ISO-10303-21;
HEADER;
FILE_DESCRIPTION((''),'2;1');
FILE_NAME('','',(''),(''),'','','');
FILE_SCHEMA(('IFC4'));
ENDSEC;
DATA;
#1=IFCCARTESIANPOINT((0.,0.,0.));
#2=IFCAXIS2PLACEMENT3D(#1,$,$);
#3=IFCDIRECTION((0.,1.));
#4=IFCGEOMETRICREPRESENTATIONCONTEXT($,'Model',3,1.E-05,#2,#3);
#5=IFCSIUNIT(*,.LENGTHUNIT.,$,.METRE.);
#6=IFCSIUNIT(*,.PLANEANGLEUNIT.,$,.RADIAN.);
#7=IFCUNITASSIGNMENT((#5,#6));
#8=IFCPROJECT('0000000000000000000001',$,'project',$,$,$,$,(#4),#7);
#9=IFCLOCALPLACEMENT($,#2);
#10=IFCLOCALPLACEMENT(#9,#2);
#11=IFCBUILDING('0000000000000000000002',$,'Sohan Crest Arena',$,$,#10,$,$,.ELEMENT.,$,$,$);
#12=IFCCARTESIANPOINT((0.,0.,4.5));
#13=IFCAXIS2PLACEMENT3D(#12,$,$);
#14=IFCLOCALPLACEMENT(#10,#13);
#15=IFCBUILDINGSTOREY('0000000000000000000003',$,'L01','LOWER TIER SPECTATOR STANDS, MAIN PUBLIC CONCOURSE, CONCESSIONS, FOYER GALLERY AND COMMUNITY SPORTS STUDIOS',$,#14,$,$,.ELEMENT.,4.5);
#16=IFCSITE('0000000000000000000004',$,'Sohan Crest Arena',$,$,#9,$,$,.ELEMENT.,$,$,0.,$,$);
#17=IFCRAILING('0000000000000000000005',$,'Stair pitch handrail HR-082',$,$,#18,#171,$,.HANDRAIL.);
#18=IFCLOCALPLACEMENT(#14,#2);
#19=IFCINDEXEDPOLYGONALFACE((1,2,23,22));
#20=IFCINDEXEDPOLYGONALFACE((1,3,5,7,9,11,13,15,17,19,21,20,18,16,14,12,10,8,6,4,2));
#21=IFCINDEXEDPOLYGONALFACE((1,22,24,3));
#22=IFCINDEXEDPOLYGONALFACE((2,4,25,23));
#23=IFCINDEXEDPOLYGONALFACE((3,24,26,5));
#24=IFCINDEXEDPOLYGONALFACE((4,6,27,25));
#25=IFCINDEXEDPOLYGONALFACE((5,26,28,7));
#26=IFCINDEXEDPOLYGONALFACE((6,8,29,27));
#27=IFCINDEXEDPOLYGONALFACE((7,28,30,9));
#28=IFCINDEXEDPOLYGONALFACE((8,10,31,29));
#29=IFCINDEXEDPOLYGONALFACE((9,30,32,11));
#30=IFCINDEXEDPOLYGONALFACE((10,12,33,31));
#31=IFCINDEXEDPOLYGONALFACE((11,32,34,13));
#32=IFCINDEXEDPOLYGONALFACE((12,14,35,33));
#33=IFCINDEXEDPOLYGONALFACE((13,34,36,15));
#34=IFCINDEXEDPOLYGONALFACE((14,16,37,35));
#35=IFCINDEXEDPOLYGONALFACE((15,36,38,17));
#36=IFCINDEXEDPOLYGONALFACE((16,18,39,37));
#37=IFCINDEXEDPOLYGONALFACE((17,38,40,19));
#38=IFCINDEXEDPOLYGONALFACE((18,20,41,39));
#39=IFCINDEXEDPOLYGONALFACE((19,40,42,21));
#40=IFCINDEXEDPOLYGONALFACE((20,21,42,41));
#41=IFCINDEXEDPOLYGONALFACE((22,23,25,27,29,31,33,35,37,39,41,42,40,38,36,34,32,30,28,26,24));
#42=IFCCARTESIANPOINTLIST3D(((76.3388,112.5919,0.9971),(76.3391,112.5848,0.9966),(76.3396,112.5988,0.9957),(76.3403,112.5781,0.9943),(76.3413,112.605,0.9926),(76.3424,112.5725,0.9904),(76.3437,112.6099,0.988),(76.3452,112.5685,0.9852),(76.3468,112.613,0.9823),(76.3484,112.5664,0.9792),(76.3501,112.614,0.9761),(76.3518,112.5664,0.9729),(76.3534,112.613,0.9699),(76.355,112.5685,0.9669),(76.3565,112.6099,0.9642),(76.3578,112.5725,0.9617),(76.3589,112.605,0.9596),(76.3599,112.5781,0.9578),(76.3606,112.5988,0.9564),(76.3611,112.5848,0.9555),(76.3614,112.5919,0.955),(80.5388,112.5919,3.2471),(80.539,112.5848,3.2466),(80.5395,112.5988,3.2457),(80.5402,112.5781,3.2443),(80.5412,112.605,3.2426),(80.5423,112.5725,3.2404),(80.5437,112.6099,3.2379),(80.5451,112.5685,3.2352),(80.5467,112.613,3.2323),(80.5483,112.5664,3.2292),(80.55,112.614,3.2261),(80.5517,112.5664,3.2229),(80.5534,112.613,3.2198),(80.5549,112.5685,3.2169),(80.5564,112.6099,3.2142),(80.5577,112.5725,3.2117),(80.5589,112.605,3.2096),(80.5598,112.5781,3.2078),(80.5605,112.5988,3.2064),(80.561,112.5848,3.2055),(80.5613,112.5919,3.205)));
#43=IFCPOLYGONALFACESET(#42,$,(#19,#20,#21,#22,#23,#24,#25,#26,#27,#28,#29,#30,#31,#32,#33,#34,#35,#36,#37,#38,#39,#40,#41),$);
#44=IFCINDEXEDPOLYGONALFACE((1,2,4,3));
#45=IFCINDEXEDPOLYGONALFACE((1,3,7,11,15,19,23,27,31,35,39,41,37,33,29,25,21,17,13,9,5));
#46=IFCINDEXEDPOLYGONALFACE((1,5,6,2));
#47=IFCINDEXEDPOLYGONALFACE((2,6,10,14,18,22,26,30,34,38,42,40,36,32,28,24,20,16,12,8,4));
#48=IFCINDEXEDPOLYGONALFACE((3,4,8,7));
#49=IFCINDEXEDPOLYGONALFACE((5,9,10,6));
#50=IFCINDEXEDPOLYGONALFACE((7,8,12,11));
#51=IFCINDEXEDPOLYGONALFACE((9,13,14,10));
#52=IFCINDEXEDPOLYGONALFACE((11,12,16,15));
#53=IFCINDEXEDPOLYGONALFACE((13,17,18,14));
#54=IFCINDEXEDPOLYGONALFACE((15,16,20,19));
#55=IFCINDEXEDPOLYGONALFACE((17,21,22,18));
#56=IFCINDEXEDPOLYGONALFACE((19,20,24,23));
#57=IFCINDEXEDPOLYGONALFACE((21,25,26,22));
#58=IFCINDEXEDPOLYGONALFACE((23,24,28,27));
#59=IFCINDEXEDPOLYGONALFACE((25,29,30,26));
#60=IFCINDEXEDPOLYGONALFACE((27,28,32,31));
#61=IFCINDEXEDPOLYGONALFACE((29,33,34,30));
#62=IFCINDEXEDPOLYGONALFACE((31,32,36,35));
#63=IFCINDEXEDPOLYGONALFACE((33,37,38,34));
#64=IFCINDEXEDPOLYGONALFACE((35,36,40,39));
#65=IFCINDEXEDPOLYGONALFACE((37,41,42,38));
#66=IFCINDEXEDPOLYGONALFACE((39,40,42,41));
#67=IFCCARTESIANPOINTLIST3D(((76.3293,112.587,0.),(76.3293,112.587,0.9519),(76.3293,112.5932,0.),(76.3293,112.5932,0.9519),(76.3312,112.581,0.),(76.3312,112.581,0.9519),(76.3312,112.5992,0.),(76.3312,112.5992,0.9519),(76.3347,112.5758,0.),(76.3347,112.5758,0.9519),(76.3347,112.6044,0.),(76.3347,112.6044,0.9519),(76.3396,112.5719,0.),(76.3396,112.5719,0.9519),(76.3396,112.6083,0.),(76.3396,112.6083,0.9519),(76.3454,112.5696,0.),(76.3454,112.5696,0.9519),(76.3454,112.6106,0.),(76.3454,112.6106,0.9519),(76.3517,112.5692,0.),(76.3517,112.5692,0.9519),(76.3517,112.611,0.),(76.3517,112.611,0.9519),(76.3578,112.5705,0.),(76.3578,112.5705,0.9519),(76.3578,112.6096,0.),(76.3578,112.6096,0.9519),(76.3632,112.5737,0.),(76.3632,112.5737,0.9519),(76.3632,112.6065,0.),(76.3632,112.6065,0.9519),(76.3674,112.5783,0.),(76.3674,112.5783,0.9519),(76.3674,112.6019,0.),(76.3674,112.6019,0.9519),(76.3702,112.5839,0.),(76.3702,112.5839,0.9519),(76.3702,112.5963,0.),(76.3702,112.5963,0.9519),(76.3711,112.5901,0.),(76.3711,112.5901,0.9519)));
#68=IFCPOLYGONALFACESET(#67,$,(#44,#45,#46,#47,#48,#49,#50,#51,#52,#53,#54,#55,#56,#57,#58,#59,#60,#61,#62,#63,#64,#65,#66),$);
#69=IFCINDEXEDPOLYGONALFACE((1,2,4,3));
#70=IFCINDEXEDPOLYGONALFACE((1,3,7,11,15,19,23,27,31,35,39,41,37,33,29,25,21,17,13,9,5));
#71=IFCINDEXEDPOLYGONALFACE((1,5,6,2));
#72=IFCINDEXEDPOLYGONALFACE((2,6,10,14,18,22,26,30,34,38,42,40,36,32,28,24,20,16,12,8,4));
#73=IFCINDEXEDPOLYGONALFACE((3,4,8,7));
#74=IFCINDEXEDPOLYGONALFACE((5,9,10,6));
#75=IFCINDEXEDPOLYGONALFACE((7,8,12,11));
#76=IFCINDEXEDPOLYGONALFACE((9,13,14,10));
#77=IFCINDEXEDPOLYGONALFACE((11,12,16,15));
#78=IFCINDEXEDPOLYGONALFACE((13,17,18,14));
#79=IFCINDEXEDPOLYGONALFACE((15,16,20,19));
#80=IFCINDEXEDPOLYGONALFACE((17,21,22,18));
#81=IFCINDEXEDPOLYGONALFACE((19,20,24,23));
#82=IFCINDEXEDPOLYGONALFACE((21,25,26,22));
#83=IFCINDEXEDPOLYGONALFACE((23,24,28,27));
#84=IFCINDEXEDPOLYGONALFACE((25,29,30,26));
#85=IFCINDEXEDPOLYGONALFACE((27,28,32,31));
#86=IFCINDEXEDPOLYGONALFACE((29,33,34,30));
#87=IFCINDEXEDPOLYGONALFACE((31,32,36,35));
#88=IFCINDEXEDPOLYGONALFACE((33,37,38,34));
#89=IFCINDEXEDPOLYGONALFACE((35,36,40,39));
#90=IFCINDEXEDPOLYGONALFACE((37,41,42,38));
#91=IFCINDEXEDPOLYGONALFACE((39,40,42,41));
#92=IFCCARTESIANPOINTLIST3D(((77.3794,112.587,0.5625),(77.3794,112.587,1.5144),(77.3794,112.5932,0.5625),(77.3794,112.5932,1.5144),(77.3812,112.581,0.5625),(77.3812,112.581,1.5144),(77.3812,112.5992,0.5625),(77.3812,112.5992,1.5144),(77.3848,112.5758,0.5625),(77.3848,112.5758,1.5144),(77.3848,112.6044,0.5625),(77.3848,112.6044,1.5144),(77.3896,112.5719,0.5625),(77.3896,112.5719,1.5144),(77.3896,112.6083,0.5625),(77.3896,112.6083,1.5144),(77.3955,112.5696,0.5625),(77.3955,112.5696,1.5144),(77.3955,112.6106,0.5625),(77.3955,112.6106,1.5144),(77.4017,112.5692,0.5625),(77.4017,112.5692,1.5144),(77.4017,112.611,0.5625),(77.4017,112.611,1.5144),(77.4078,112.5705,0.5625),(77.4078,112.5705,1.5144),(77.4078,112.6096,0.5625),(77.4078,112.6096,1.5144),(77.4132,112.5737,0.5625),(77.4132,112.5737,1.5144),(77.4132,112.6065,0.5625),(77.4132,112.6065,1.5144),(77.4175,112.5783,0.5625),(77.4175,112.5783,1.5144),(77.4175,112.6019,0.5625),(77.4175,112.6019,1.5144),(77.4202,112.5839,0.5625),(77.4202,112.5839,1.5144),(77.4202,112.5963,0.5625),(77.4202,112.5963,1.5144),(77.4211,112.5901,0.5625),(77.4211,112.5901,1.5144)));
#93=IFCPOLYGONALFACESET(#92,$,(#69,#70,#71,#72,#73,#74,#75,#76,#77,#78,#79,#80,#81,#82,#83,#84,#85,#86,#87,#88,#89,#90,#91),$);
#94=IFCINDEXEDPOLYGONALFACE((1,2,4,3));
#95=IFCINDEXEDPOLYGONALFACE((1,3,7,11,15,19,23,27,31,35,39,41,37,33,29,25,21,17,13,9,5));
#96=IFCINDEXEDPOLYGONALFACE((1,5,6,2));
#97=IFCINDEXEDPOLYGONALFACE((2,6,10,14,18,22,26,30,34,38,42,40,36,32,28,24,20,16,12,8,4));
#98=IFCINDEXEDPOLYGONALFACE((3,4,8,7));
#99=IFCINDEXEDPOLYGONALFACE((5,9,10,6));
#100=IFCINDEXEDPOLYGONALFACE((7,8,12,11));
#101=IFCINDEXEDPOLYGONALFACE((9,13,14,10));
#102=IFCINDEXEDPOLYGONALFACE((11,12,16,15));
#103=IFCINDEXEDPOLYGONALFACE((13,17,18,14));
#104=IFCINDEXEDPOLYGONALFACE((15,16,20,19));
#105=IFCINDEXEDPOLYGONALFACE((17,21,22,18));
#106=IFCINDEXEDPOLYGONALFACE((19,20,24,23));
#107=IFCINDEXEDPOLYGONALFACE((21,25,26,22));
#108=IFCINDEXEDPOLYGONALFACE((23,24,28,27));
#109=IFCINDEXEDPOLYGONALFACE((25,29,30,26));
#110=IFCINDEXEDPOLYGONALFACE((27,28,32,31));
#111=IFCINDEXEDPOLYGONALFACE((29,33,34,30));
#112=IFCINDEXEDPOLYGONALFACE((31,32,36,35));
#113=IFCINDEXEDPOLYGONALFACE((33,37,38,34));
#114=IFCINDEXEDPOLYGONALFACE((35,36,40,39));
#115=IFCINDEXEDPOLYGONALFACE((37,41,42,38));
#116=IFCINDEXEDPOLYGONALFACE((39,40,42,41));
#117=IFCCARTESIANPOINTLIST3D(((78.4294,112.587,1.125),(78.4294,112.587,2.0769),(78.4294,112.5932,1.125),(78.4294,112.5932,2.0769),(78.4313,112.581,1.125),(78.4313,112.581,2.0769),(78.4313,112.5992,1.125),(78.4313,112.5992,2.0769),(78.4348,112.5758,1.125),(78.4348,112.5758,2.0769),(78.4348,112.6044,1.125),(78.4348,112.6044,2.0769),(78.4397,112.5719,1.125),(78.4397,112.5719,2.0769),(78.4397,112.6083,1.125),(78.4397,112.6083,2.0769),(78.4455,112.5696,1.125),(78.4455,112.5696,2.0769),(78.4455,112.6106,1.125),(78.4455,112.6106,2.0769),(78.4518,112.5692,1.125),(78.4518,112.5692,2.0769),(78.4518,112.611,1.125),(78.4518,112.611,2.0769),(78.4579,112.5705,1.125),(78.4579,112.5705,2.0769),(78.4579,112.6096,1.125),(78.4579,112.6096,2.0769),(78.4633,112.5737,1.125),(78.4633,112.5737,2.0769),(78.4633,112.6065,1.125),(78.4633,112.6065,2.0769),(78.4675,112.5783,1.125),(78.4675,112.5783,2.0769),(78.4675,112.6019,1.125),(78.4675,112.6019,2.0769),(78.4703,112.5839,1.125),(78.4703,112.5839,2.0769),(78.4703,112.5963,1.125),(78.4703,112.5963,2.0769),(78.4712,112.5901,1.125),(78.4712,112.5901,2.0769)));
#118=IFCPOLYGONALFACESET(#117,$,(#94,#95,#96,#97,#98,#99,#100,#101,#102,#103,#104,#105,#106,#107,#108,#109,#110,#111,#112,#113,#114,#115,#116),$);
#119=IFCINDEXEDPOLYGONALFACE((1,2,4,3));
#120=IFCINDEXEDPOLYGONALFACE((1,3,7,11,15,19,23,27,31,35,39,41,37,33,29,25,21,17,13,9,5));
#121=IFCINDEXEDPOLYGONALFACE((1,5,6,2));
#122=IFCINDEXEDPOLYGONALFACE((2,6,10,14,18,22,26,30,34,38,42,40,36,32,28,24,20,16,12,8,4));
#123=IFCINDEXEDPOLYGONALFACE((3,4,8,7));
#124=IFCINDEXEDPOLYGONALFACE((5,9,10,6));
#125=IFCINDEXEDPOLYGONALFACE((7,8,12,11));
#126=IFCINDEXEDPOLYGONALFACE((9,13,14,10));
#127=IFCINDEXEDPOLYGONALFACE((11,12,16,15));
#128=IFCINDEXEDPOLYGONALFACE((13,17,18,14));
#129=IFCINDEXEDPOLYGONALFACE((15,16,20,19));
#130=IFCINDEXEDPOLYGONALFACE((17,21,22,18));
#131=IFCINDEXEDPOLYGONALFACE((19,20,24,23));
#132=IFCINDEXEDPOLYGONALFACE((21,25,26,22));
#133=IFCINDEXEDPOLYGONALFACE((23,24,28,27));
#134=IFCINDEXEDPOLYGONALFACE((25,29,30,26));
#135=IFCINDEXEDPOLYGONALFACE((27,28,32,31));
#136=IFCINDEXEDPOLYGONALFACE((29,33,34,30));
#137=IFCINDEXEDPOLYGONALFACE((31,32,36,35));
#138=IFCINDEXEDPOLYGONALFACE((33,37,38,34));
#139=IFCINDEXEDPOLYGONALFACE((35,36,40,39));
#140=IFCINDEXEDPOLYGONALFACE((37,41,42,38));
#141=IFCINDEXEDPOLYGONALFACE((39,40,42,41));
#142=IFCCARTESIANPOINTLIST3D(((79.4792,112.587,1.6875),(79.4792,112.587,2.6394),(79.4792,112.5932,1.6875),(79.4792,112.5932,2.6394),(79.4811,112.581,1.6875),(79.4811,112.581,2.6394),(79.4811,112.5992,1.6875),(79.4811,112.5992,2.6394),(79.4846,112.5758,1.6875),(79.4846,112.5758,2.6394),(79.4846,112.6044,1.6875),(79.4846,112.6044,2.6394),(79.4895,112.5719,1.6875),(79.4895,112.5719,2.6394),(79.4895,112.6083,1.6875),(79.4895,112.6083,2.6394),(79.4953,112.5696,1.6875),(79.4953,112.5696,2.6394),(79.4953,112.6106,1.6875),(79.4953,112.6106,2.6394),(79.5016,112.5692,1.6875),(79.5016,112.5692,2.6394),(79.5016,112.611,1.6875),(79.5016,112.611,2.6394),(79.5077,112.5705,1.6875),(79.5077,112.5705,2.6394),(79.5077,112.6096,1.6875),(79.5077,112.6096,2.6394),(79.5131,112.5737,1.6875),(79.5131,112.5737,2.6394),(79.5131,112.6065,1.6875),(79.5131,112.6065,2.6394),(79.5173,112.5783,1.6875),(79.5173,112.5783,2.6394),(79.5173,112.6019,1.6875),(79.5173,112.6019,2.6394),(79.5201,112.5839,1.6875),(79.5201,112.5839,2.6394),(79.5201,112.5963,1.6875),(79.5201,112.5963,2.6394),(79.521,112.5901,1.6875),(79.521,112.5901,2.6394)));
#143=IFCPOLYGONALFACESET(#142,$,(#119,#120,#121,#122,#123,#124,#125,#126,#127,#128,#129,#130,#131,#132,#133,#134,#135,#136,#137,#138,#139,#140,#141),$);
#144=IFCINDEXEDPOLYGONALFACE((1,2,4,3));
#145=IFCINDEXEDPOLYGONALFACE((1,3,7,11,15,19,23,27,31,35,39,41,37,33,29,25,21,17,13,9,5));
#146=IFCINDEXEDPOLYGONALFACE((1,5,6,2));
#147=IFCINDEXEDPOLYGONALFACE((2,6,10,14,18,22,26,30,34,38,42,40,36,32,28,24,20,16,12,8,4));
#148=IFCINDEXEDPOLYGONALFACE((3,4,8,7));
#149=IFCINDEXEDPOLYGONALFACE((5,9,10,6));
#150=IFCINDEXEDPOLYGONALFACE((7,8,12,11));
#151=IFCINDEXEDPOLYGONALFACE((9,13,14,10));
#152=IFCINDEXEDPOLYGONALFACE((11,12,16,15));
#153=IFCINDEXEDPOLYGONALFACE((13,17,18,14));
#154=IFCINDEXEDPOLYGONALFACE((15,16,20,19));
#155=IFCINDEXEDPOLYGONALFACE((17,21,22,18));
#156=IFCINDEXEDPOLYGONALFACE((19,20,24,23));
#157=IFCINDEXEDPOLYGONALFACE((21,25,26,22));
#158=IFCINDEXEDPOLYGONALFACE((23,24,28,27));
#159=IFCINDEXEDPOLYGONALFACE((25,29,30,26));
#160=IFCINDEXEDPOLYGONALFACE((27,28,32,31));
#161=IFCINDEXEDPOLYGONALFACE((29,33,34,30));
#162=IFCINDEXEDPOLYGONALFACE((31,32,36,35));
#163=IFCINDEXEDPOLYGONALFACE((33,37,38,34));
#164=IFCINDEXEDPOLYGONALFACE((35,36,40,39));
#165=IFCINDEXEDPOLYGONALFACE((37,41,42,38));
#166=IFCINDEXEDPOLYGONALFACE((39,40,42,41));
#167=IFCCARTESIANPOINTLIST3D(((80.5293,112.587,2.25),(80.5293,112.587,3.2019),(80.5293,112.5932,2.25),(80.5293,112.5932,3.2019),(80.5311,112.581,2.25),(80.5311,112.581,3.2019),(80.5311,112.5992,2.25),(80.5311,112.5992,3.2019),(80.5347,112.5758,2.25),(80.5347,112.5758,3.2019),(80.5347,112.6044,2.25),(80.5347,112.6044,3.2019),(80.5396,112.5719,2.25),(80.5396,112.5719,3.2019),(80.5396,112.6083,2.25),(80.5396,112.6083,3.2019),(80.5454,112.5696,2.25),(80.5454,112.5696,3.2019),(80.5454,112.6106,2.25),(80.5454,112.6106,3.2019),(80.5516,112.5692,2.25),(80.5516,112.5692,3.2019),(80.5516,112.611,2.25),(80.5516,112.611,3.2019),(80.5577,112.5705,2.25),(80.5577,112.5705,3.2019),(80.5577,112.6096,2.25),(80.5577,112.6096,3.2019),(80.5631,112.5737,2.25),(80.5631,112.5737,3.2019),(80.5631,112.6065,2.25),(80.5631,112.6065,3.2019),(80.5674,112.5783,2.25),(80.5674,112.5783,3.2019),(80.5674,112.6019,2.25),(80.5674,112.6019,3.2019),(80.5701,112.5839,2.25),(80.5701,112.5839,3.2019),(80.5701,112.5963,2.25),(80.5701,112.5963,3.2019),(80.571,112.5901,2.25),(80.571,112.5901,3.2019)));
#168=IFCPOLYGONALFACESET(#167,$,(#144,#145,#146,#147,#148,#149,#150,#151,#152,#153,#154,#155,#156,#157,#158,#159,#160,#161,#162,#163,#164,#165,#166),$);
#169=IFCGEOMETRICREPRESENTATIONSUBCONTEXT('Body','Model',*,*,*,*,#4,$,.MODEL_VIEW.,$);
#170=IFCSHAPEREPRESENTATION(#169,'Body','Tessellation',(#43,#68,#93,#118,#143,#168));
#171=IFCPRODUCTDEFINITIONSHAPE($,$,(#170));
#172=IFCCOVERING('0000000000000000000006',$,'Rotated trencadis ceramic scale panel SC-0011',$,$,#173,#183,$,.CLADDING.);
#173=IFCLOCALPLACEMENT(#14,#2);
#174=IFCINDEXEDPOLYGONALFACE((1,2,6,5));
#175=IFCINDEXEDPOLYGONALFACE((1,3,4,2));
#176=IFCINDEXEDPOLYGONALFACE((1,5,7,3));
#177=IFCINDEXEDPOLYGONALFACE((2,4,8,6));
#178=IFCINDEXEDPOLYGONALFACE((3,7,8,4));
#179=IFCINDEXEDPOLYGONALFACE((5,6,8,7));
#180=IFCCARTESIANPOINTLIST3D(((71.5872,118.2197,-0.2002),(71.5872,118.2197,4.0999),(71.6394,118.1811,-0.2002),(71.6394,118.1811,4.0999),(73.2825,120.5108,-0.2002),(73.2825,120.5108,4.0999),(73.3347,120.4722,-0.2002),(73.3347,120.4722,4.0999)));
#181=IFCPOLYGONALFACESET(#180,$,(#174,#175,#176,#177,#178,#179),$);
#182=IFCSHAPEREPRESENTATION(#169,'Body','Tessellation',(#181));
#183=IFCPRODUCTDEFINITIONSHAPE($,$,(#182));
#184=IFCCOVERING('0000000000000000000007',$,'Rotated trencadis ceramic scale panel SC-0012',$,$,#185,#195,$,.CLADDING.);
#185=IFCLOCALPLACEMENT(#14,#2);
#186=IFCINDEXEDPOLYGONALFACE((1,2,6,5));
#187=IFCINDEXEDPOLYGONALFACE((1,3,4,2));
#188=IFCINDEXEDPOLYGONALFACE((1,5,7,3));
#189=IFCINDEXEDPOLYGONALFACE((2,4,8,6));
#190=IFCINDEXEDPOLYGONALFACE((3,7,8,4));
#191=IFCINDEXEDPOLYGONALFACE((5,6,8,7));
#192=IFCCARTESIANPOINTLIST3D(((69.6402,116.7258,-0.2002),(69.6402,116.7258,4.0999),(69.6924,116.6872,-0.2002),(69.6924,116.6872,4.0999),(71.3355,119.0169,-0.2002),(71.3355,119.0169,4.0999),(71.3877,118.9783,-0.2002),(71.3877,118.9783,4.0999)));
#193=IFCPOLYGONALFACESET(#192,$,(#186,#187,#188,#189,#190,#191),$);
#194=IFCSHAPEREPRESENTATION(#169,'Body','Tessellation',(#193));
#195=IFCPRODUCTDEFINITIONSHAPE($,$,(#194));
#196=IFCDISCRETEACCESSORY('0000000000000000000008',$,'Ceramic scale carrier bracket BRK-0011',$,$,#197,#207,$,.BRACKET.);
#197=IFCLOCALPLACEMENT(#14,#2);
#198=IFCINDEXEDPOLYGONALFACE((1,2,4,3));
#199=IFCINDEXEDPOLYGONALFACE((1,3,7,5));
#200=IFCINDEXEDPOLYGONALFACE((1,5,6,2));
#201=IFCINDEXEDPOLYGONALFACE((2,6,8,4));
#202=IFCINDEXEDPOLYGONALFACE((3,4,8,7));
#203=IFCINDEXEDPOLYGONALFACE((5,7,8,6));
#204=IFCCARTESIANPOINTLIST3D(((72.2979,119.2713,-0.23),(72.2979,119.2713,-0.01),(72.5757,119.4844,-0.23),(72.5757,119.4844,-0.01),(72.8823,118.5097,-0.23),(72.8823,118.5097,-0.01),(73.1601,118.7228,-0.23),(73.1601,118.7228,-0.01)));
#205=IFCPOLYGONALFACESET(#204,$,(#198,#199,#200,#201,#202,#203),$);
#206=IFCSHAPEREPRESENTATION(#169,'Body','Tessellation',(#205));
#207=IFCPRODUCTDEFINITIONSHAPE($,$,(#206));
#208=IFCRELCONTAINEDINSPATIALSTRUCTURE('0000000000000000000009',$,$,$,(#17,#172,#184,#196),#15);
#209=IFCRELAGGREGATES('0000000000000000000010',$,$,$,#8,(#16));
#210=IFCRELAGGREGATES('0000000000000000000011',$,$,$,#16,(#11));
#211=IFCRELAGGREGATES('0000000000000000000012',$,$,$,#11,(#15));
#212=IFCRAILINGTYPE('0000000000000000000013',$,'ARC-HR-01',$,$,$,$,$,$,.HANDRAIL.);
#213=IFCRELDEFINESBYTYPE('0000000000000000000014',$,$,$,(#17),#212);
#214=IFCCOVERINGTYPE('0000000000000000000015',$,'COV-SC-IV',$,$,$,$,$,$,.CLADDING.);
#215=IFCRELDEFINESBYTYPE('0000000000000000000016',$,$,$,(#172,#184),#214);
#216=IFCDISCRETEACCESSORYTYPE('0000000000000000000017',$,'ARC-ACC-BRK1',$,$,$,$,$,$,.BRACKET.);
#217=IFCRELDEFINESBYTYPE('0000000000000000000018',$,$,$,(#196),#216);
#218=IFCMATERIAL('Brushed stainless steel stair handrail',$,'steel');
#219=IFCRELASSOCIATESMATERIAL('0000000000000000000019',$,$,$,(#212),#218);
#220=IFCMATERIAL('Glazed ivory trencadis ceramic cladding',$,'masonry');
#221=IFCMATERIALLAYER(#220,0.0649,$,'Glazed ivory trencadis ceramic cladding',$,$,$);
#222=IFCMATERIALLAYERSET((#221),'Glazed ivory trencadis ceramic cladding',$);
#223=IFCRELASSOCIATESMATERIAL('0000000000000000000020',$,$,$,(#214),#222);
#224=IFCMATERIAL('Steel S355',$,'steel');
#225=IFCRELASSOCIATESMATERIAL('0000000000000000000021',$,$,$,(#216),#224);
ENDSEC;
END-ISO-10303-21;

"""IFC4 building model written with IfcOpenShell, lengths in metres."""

from ifc_helpers import new_model, si_unit, direction, frame, origin, origin_2d, place, context, subcontext, project, spatial, rectangle, circle, extrude, material, layer, layer_set, type_object, element, save


model = new_model("IFC4")

# Units and contexts
model_context = context("Model", 3, precision=1e-05, world=origin(), true_north=direction((0.0, 1.0)))
body_context = subcontext(model_context, "Body", "Model", "MODEL_VIEW")
ifc_project = project(units=[si_unit("LENGTHUNIT", "METRE"), si_unit("PLANEANGLEUNIT", "RADIAN")], contexts=[model_context])

# Site, building, storey
site_placement = place(None, origin())
site = spatial("IfcSite", under=ifc_project, at=site_placement, Name="Sohan Crest Arena", CompositionType="ELEMENT", RefElevation=0.0)
building_placement = place(site_placement, origin())
building = spatial("IfcBuilding", under=site, at=building_placement, Name="Sohan Crest Arena", CompositionType="ELEMENT")
storey_placement = place(building_placement, frame((0.0, 0.0, 4.5)))
storey = spatial("IfcBuildingStorey", under=building, at=storey_placement, Name="L01", Description="LOWER TIER SPECTATOR STANDS, MAIN PUBLIC CONCOURSE, CONCESSIONS, FOYER GALLERY AND COMMUNITY SPORTS STUDIOS", CompositionType="ELEMENT", Elevation=4.5)

# Shared definitions
ifc_material_1 = material(Name="Steel S355", Category="steel")

# Railing
ifc_material_2 = material(Name="Brushed stainless steel stair handrail", Category="steel")
railing_type = type_object("IfcRailingType", Name="ARC-HR-01", PredefinedType="HANDRAIL", material=ifc_material_2)
for number, where, name in (
    (1, (76.3501, 112.5901, 0.0), "Stair pitch handrail HR-082"),
):
    element("IfcRailing", number, at=place(storey_placement, frame(where)), inside=storey, type_object=railing_type, Name=name, PredefinedType="HANDRAIL", context=body_context, shape_type="SweptSolid", body=[
        extrude(circle(Radius=0.0239, at=origin_2d()), frame((0.0, 0.0, 0.9761), z_axis=(0.881478, 0.0, 0.472226), x_axis=(0.0, 1.0, 0.0)), (0.0, 0.0, 1.0), 4.7646),
        extrude(circle(Radius=0.021, at=origin_2d()), origin(), (0.0, 0.0, 1.0), 0.9519),
        extrude(circle(Radius=0.021, at=origin_2d()), frame((1.05, 0.0, 0.5625)), (0.0, 0.0, 1.0), 0.9519),
        extrude(circle(Radius=0.021, at=origin_2d()), frame((2.1001, 0.0, 1.125)), (0.0, 0.0, 1.0), 0.9519),
        extrude(circle(Radius=0.021, at=origin_2d()), frame((3.1499, 0.0, 1.6875)), (0.0, 0.0, 1.0), 0.9519),
        extrude(circle(Radius=0.021, at=origin_2d()), frame((4.2, 0.0, 2.25)), (0.0, 0.0, 1.0), 0.9519),
    ])

# Coverings
ifc_material_3 = material(Name="Glazed ivory trencadis ceramic cladding", Category="masonry")
ifc_layer_1 = layer(ifc_material_3, 0.0649, Name="Glazed ivory trencadis ceramic cladding")
ifc_layer_set_1 = layer_set([ifc_layer_1], Name="Glazed ivory trencadis ceramic cladding")
covering_type = type_object("IfcCoveringType", Name="COV-SC-IV", PredefinedType="CLADDING", material=ifc_layer_set_1)
for number, where, z_axis, x_axis, name in (
    (2, (72.4609, 119.3459, -0.2002), (0.0, 0.0, 1.0), (-0.594823, -0.803857, 0.0), "Rotated trencadis ceramic scale panel SC-0011"),
    (3, (70.5139, 117.8521, -0.2002), (0.0, 0.0, 1.0), (-0.594823, -0.803857, 0.0), "Rotated trencadis ceramic scale panel SC-0012"),
):
    element("IfcCovering", number, at=place(storey_placement, frame(where, z_axis=z_axis, x_axis=x_axis)), inside=storey, type_object=covering_type, Name=name, PredefinedType="CLADDING", context=body_context, shape_type="SweptSolid", body=[
        extrude(rectangle(XDim=2.8501, YDim=0.0649, at=origin_2d()), origin(), (0.0, 0.0, 1.0), 4.3),
    ])

# Discrete accessory
discrete_accessory_type = type_object("IfcDiscreteAccessoryType", Name="ARC-ACC-BRK1", PredefinedType="BRACKET", material=ifc_material_1)
for number, where, z_axis, x_axis, name in (
    (4, (72.729, 118.9971, -0.23), (0.0, 0.0, 1.0), (-0.793353, -0.608761, 0.0), "Ceramic scale carrier bracket BRK-0011"),
):
    element("IfcDiscreteAccessory", number, at=place(storey_placement, frame(where, z_axis=z_axis, x_axis=x_axis)), inside=storey, type_object=discrete_accessory_type, Name=name, PredefinedType="BRACKET", context=body_context, shape_type="SweptSolid", body=[
        extrude(rectangle(XDim=0.3501, YDim=0.96, at=origin_2d()), origin(), (0.0, 0.0, 1.0), 0.22),
    ])

save(model, "model.ifc")
